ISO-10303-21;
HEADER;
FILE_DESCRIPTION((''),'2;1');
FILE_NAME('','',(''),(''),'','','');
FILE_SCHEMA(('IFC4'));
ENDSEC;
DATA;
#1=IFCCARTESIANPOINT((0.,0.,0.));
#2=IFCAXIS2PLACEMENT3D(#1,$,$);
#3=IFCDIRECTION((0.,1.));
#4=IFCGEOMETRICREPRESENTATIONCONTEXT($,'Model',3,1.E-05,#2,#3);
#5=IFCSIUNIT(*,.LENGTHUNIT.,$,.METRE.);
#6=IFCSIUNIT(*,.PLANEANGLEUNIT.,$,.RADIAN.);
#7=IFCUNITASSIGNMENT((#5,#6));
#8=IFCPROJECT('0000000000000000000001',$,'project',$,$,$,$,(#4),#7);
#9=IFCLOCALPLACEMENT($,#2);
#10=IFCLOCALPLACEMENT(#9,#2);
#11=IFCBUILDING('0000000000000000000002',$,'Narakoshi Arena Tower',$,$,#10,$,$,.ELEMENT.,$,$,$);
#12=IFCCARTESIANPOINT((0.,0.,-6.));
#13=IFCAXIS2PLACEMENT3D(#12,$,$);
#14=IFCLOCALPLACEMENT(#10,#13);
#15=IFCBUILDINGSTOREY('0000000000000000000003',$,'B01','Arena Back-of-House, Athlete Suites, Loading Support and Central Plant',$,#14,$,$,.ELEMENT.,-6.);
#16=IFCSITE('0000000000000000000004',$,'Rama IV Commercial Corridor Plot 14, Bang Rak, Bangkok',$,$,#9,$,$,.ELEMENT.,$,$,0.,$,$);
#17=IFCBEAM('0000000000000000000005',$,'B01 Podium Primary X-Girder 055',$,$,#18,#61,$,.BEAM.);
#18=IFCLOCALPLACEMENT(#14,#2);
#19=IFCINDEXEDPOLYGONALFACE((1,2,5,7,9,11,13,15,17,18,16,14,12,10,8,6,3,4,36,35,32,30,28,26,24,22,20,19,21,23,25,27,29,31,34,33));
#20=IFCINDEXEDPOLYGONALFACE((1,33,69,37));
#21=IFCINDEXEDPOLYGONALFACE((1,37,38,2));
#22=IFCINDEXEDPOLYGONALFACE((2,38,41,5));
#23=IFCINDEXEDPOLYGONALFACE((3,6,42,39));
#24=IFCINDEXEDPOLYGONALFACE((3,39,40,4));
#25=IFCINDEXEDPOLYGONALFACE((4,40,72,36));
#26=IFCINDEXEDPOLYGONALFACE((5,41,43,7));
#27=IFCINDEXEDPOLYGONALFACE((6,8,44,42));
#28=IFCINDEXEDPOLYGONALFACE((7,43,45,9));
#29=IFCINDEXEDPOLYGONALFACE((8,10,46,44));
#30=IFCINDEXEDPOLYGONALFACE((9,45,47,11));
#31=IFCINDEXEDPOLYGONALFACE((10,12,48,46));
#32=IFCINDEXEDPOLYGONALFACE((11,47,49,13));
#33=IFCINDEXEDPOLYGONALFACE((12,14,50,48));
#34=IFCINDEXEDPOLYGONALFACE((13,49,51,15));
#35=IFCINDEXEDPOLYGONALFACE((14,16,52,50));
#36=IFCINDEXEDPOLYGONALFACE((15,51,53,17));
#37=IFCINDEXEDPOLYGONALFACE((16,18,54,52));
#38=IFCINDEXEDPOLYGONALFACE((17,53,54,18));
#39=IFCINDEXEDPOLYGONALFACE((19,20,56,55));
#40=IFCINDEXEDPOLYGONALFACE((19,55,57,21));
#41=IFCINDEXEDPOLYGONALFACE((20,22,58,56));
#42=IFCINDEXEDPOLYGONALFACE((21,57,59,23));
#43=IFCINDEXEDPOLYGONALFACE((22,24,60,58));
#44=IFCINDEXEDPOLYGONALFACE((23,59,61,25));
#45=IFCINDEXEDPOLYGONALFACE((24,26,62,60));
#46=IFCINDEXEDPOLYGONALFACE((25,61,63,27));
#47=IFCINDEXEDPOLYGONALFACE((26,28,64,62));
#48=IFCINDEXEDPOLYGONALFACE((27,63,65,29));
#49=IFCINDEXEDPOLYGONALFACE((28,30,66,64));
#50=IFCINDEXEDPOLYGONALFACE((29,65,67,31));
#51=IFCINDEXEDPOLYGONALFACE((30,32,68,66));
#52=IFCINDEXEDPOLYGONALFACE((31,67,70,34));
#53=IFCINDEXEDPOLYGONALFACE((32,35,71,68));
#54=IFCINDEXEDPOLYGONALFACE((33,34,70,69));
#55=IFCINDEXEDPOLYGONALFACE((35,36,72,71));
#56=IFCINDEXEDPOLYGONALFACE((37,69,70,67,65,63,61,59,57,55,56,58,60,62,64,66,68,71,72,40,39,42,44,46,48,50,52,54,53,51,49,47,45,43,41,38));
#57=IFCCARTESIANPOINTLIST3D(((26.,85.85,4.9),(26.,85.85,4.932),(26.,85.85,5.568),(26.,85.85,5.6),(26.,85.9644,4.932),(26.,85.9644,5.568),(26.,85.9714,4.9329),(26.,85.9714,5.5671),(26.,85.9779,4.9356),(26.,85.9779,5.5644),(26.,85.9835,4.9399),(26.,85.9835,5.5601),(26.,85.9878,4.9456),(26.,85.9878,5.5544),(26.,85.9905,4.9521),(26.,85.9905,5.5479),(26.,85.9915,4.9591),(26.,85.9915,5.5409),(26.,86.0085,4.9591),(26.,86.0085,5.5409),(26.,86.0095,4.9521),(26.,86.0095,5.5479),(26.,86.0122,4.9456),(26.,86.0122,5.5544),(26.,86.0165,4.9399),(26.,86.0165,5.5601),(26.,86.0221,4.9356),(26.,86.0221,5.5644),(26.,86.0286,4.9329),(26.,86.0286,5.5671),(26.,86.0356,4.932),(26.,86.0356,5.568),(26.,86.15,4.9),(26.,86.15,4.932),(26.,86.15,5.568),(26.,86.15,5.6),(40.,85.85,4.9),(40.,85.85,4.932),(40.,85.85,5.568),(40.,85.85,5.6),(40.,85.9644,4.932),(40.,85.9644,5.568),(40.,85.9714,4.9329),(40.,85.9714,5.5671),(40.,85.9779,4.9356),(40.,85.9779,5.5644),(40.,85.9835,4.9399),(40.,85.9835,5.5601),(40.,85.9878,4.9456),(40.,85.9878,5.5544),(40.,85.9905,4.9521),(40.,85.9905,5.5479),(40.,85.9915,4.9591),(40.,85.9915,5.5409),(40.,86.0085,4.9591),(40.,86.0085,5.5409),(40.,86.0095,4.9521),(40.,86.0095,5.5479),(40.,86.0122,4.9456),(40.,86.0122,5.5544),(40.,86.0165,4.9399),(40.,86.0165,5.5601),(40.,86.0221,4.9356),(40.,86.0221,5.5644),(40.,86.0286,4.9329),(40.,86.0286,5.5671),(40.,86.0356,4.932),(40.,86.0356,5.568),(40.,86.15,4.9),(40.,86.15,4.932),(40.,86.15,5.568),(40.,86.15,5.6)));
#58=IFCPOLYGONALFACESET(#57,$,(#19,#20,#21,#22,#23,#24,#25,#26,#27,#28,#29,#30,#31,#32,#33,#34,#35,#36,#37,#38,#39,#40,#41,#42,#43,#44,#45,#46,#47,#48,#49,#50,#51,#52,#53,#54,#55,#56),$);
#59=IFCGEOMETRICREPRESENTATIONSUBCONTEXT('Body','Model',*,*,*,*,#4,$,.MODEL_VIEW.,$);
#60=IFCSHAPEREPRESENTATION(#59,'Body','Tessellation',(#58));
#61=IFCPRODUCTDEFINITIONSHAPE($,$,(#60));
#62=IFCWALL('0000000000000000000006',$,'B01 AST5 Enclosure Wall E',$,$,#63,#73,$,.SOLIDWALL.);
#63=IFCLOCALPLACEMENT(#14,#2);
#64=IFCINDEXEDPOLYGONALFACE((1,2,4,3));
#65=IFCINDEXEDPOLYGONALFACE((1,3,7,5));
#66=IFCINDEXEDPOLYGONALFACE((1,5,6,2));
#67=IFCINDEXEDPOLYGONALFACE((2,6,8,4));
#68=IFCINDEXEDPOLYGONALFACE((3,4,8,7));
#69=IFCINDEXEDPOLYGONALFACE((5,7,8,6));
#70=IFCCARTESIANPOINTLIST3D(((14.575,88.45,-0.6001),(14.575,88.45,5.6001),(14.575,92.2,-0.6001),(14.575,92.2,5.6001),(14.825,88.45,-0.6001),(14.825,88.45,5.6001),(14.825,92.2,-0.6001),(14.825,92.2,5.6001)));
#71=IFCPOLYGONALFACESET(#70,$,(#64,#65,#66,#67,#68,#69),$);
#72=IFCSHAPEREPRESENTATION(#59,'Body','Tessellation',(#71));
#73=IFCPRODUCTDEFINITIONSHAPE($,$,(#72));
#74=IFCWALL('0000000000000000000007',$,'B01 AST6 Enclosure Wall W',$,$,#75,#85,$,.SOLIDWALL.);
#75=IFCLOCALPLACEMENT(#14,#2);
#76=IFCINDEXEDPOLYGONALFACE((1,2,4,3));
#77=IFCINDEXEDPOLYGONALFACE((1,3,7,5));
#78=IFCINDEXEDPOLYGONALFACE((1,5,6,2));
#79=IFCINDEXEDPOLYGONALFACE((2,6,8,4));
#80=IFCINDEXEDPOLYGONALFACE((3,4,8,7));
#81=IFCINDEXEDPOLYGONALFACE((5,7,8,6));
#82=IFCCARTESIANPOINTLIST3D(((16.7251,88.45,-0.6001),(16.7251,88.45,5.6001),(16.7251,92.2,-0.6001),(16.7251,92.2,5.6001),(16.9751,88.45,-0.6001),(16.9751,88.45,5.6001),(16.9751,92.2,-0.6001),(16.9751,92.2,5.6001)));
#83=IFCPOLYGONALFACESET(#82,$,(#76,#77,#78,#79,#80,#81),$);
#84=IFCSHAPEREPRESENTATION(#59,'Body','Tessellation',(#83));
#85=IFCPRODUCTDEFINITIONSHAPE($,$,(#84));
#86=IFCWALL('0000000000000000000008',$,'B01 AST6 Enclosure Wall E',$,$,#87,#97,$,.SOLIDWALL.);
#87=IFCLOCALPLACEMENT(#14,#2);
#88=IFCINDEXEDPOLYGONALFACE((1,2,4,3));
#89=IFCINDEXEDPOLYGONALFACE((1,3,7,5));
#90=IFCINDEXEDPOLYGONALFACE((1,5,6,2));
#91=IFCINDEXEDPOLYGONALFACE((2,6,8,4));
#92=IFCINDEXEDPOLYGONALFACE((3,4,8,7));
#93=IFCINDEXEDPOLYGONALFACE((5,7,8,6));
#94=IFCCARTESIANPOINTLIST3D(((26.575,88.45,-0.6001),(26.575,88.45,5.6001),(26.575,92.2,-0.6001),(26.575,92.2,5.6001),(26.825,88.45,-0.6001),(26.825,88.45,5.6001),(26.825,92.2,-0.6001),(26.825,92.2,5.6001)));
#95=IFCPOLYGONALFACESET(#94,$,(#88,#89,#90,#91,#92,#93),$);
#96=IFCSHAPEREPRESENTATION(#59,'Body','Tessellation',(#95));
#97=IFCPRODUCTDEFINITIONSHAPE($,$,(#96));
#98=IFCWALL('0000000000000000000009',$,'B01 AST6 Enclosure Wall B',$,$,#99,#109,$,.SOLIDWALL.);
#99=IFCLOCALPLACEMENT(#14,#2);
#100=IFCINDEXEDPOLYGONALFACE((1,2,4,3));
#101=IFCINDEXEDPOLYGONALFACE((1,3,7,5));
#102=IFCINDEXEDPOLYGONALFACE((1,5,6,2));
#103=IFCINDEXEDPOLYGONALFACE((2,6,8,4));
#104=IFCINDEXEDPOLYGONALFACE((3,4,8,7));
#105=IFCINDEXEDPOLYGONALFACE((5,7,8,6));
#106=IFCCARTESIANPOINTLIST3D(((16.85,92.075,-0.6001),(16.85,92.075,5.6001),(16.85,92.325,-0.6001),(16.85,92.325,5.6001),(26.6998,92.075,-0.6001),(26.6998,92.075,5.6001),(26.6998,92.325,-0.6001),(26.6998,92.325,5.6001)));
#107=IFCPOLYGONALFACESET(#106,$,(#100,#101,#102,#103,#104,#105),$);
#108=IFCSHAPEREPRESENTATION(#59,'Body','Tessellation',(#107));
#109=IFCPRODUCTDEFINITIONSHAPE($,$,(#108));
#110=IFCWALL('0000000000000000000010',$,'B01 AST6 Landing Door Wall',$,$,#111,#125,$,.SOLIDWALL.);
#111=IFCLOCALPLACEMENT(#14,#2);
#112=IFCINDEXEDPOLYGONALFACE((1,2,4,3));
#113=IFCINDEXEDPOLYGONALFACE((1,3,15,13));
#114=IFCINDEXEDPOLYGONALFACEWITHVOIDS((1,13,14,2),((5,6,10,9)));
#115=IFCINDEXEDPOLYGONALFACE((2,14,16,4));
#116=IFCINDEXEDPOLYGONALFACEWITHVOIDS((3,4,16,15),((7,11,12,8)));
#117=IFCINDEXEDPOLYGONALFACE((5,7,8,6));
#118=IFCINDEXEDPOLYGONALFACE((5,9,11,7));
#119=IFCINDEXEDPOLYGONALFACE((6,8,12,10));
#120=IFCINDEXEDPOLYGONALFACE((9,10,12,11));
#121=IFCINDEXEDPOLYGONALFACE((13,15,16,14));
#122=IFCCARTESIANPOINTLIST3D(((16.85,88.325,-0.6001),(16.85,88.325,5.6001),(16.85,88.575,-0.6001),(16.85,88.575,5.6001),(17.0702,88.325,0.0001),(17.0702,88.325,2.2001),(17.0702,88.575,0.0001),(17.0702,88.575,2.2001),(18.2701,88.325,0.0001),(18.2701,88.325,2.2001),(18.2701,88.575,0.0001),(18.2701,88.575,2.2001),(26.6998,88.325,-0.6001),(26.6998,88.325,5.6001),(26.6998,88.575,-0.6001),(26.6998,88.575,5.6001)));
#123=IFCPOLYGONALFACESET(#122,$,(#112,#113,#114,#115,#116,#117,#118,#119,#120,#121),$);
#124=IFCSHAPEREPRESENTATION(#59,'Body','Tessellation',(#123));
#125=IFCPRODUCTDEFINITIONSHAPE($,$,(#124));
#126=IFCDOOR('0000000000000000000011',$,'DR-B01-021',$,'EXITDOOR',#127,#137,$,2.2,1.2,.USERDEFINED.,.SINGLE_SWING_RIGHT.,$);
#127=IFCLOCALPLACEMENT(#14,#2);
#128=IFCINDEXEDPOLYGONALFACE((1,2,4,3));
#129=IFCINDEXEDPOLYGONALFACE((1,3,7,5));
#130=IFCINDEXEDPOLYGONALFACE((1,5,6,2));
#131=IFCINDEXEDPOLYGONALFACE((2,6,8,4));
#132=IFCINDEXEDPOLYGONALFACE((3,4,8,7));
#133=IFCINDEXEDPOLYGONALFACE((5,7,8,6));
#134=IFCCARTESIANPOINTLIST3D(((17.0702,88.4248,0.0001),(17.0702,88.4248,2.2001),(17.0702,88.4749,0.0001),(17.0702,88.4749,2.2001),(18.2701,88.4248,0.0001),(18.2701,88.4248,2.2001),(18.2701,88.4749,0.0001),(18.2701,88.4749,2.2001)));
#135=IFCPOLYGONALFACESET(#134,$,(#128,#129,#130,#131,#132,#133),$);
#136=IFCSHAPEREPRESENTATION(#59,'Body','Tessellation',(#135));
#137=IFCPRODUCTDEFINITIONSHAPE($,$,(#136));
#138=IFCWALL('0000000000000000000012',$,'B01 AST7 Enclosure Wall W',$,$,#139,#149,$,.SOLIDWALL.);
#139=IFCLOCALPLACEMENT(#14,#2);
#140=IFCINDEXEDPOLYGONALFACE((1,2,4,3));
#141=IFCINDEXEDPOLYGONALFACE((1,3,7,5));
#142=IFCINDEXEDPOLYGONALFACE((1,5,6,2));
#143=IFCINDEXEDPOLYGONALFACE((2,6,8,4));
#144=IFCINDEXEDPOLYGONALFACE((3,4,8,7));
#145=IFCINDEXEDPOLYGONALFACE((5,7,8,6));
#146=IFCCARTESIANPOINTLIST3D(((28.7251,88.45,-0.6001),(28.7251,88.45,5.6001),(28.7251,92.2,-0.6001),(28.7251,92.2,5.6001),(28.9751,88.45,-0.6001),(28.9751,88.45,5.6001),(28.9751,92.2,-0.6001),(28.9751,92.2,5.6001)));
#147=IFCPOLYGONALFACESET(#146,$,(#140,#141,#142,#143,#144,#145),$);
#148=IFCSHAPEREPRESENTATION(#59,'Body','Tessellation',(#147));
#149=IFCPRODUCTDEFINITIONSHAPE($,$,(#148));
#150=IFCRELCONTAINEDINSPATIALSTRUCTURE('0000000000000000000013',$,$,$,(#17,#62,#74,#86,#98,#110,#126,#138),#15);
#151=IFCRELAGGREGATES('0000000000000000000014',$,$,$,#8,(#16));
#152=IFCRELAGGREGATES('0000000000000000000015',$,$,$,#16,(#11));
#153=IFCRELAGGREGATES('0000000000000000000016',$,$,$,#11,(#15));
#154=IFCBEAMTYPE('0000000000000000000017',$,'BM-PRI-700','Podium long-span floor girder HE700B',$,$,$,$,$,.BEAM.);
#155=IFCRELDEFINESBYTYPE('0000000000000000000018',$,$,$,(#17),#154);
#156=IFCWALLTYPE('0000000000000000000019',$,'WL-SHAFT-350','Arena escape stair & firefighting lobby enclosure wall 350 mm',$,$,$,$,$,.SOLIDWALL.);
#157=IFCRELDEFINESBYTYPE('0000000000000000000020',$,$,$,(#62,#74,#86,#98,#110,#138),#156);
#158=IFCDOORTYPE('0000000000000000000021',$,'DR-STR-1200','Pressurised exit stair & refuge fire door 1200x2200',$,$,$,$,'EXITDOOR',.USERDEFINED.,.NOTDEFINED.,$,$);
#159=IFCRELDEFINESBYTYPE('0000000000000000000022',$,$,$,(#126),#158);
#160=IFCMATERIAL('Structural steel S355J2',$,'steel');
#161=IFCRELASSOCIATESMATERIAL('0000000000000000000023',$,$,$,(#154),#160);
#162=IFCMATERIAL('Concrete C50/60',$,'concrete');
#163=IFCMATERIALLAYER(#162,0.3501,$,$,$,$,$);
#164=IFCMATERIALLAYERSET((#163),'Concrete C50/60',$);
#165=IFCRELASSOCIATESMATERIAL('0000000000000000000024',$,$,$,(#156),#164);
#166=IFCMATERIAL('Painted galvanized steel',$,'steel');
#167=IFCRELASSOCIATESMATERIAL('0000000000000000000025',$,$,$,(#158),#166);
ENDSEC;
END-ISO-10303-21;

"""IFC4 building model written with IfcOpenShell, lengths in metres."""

from ifc_helpers import new_model, si_unit, direction, frame, frame_2d, origin, origin_2d, place, context, subcontext, project, spatial, rectangle, i_section, extrude, material, layer, layer_set, material_profile, profile_set, type_object, element, fill, save


model = new_model("IFC4")

# Units and contexts
model_context = context("Model", 3, precision=1e-05, world=origin(), true_north=direction((0.0, 1.0)))
body_context = subcontext(model_context, "Body", "Model", "MODEL_VIEW")
ifc_project = project(units=[si_unit("LENGTHUNIT", "METRE"), si_unit("PLANEANGLEUNIT", "RADIAN")], contexts=[model_context])

# Site, building, storey
site_placement = place(None, origin())
site = spatial("IfcSite", under=ifc_project, at=site_placement, Name="Rama IV Commercial Corridor Plot 14, Bang Rak, Bangkok", CompositionType="ELEMENT", RefElevation=0.0)
building_placement = place(site_placement, origin())
building = spatial("IfcBuilding", under=site, at=building_placement, Name="Narakoshi Arena Tower", CompositionType="ELEMENT")
storey_placement = place(building_placement, frame((0.0, 0.0, -6.0)))
storey = spatial("IfcBuildingStorey", under=building, at=storey_placement, Name="B01", Description="Arena Back-of-House, Athlete Suites, Loading Support and Central Plant", CompositionType="ELEMENT", Elevation=-6.0)

# Beam
ifc_material_1 = material(Name="Structural steel S355J2", Category="steel")
ifc_material_profile_1 = material_profile(ifc_material_1, i_section(OverallWidth=0.3, OverallDepth=0.7, WebThickness=0.0171, FlangeThickness=0.032, FilletRadius=0.0271, at=origin_2d()), Name="HE700B")
ifc_profile_set_1 = profile_set([ifc_material_profile_1], Name="Structural steel S355J2")
beam_type = type_object("IfcBeamType", Name="BM-PRI-700", Description="Podium long-span floor girder HE700B", PredefinedType="BEAM", material=ifc_profile_set_1)
for number, where, z_axis, x_axis, name in (
    (1, (26.0, 86.0, 5.25), (1.0, 0.0, 0.0), (0.0, 1.0, 0.0), "B01 Podium Primary X-Girder 055"),
):
    element("IfcBeam", number, at=place(storey_placement, frame(where, z_axis=z_axis, x_axis=x_axis)), inside=storey, type_object=beam_type, Name=name, PredefinedType="BEAM", context=body_context, shape_type="SweptSolid", body=[
        extrude(i_section(OverallWidth=0.3, OverallDepth=0.7, WebThickness=0.0171, FlangeThickness=0.032, FilletRadius=0.0271, at=origin_2d()), origin(), (0.0, 0.0, 1.0), 14.0),
    ])

# Walls
ifc_material_2 = material(Name="Concrete C50/60", Category="concrete")
ifc_layer_1 = layer(ifc_material_2, 0.3501)
ifc_layer_set_1 = layer_set([ifc_layer_1], Name="Concrete C50/60")
wall_type = type_object("IfcWallType", Name="WL-SHAFT-350", Description="Arena escape stair & firefighting lobby enclosure wall 350 mm", PredefinedType="SOLIDWALL", material=ifc_layer_set_1)
for number, where, z_axis, x_axis, name in (
    (2, (14.7, 88.45, -0.6001), (0.0, 0.0, 1.0), (0.0, 1.0, 0.0), "B01 AST5 Enclosure Wall E"),
    (3, (16.8501, 88.45, -0.6001), (0.0, 0.0, 1.0), (0.0, 1.0, 0.0), "B01 AST6 Enclosure Wall W"),
    (4, (26.7, 88.45, -0.6001), (0.0, 0.0, 1.0), (0.0, 1.0, 0.0), "B01 AST6 Enclosure Wall E"),
):
    element("IfcWall", number, at=place(storey_placement, frame(where, z_axis=z_axis, x_axis=x_axis)), inside=storey, type_object=wall_type, Name=name, PredefinedType="SOLIDWALL", context=body_context, shape_type="SweptSolid", body=[
        extrude(rectangle(XDim=3.75, YDim=0.25, at=frame_2d((1.875, 0.0))), origin(), (0.0, 0.0, 1.0), 6.2002),
    ])
wall_1_placement = place(storey_placement, frame((16.8501, 92.2, -0.6001), z_axis=(0.0, 0.0, 1.0), x_axis=(1.0, 0.0, 0.0)))
element("IfcWall", 5, at=wall_1_placement, inside=storey, type_object=wall_type, Name="B01 AST6 Enclosure Wall B", PredefinedType="SOLIDWALL", context=body_context, shape_type="SweptSolid", body=[
    extrude(rectangle(XDim=9.8499, YDim=0.25, at=frame_2d((4.9248, 0.0))), origin(), (0.0, 0.0, 1.0), 6.2002),
])

# Wall, opening, door
wall_2_placement = place(storey_placement, frame((16.8501, 88.45, -0.6001), z_axis=(0.0, 0.0, 1.0), x_axis=(1.0, 0.0, 0.0)))
wall_2 = element("IfcWall", 6, at=wall_2_placement, inside=storey, type_object=wall_type, Name="B01 AST6 Landing Door Wall", PredefinedType="SOLIDWALL", context=body_context, shape_type="SweptSolid", body=[
    extrude(rectangle(XDim=9.8499, YDim=0.25, at=frame_2d((4.9248, 0.0))), origin(), (0.0, 0.0, 1.0), 6.2002),
])
opening_placement = place(wall_2_placement, frame((0.22, 0.0, 0.6001)))
opening = element("IfcOpeningElement", 7, at=opening_placement, cuts=wall_2, PredefinedType="OPENING", context=body_context, shape_type="SweptSolid", body=[
    extrude(rectangle(XDim=1.2, YDim=2.2, at=frame_2d((0.6001, 1.1001))), frame((0.0, 0.135, 0.0), z_axis=(0.0, -1.0, 0.0), x_axis=(1.0, 0.0, 0.0)), (0.0, 0.0, 1.0), 0.27),
])
ifc_material_3 = material(Name="Painted galvanized steel", Category="steel")
door_type = type_object("IfcDoorType", Name="DR-STR-1200", Description="Pressurised exit stair & refuge fire door 1200x2200", ElementType="EXITDOOR", OperationType="NOTDEFINED", PredefinedType="USERDEFINED", material=ifc_material_3)
door_placement = place(opening_placement, origin())
door = element("IfcDoor", 8, at=door_placement, inside=storey, type_object=door_type, Name="DR-B01-021", ObjectType="EXITDOOR", OperationType="SINGLE_SWING_RIGHT", OverallHeight=2.2, OverallWidth=1.2, PredefinedType="USERDEFINED", context=body_context, shape_type="SweptSolid", body=[
    extrude(rectangle(XDim=1.2, YDim=2.2, at=frame_2d((0.6001, 1.1001))), frame((0.0, 0.0249, 0.0), z_axis=(0.0, -1.0, 0.0), x_axis=(1.0, 0.0, 0.0)), (0.0, 0.0, 1.0), 0.05),
])
fill(opening, door)

# Wall
wall_3_placement = place(storey_placement, frame((28.8501, 88.45, -0.6001), z_axis=(0.0, 0.0, 1.0), x_axis=(0.0, 1.0, 0.0)))
element("IfcWall", 9, at=wall_3_placement, inside=storey, type_object=wall_type, Name="B01 AST7 Enclosure Wall W", PredefinedType="SOLIDWALL", context=body_context, shape_type="SweptSolid", body=[
    extrude(rectangle(XDim=3.75, YDim=0.25, at=frame_2d((1.875, 0.0))), origin(), (0.0, 0.0, 1.0), 6.2002),
])

save(model, "model.ifc")
